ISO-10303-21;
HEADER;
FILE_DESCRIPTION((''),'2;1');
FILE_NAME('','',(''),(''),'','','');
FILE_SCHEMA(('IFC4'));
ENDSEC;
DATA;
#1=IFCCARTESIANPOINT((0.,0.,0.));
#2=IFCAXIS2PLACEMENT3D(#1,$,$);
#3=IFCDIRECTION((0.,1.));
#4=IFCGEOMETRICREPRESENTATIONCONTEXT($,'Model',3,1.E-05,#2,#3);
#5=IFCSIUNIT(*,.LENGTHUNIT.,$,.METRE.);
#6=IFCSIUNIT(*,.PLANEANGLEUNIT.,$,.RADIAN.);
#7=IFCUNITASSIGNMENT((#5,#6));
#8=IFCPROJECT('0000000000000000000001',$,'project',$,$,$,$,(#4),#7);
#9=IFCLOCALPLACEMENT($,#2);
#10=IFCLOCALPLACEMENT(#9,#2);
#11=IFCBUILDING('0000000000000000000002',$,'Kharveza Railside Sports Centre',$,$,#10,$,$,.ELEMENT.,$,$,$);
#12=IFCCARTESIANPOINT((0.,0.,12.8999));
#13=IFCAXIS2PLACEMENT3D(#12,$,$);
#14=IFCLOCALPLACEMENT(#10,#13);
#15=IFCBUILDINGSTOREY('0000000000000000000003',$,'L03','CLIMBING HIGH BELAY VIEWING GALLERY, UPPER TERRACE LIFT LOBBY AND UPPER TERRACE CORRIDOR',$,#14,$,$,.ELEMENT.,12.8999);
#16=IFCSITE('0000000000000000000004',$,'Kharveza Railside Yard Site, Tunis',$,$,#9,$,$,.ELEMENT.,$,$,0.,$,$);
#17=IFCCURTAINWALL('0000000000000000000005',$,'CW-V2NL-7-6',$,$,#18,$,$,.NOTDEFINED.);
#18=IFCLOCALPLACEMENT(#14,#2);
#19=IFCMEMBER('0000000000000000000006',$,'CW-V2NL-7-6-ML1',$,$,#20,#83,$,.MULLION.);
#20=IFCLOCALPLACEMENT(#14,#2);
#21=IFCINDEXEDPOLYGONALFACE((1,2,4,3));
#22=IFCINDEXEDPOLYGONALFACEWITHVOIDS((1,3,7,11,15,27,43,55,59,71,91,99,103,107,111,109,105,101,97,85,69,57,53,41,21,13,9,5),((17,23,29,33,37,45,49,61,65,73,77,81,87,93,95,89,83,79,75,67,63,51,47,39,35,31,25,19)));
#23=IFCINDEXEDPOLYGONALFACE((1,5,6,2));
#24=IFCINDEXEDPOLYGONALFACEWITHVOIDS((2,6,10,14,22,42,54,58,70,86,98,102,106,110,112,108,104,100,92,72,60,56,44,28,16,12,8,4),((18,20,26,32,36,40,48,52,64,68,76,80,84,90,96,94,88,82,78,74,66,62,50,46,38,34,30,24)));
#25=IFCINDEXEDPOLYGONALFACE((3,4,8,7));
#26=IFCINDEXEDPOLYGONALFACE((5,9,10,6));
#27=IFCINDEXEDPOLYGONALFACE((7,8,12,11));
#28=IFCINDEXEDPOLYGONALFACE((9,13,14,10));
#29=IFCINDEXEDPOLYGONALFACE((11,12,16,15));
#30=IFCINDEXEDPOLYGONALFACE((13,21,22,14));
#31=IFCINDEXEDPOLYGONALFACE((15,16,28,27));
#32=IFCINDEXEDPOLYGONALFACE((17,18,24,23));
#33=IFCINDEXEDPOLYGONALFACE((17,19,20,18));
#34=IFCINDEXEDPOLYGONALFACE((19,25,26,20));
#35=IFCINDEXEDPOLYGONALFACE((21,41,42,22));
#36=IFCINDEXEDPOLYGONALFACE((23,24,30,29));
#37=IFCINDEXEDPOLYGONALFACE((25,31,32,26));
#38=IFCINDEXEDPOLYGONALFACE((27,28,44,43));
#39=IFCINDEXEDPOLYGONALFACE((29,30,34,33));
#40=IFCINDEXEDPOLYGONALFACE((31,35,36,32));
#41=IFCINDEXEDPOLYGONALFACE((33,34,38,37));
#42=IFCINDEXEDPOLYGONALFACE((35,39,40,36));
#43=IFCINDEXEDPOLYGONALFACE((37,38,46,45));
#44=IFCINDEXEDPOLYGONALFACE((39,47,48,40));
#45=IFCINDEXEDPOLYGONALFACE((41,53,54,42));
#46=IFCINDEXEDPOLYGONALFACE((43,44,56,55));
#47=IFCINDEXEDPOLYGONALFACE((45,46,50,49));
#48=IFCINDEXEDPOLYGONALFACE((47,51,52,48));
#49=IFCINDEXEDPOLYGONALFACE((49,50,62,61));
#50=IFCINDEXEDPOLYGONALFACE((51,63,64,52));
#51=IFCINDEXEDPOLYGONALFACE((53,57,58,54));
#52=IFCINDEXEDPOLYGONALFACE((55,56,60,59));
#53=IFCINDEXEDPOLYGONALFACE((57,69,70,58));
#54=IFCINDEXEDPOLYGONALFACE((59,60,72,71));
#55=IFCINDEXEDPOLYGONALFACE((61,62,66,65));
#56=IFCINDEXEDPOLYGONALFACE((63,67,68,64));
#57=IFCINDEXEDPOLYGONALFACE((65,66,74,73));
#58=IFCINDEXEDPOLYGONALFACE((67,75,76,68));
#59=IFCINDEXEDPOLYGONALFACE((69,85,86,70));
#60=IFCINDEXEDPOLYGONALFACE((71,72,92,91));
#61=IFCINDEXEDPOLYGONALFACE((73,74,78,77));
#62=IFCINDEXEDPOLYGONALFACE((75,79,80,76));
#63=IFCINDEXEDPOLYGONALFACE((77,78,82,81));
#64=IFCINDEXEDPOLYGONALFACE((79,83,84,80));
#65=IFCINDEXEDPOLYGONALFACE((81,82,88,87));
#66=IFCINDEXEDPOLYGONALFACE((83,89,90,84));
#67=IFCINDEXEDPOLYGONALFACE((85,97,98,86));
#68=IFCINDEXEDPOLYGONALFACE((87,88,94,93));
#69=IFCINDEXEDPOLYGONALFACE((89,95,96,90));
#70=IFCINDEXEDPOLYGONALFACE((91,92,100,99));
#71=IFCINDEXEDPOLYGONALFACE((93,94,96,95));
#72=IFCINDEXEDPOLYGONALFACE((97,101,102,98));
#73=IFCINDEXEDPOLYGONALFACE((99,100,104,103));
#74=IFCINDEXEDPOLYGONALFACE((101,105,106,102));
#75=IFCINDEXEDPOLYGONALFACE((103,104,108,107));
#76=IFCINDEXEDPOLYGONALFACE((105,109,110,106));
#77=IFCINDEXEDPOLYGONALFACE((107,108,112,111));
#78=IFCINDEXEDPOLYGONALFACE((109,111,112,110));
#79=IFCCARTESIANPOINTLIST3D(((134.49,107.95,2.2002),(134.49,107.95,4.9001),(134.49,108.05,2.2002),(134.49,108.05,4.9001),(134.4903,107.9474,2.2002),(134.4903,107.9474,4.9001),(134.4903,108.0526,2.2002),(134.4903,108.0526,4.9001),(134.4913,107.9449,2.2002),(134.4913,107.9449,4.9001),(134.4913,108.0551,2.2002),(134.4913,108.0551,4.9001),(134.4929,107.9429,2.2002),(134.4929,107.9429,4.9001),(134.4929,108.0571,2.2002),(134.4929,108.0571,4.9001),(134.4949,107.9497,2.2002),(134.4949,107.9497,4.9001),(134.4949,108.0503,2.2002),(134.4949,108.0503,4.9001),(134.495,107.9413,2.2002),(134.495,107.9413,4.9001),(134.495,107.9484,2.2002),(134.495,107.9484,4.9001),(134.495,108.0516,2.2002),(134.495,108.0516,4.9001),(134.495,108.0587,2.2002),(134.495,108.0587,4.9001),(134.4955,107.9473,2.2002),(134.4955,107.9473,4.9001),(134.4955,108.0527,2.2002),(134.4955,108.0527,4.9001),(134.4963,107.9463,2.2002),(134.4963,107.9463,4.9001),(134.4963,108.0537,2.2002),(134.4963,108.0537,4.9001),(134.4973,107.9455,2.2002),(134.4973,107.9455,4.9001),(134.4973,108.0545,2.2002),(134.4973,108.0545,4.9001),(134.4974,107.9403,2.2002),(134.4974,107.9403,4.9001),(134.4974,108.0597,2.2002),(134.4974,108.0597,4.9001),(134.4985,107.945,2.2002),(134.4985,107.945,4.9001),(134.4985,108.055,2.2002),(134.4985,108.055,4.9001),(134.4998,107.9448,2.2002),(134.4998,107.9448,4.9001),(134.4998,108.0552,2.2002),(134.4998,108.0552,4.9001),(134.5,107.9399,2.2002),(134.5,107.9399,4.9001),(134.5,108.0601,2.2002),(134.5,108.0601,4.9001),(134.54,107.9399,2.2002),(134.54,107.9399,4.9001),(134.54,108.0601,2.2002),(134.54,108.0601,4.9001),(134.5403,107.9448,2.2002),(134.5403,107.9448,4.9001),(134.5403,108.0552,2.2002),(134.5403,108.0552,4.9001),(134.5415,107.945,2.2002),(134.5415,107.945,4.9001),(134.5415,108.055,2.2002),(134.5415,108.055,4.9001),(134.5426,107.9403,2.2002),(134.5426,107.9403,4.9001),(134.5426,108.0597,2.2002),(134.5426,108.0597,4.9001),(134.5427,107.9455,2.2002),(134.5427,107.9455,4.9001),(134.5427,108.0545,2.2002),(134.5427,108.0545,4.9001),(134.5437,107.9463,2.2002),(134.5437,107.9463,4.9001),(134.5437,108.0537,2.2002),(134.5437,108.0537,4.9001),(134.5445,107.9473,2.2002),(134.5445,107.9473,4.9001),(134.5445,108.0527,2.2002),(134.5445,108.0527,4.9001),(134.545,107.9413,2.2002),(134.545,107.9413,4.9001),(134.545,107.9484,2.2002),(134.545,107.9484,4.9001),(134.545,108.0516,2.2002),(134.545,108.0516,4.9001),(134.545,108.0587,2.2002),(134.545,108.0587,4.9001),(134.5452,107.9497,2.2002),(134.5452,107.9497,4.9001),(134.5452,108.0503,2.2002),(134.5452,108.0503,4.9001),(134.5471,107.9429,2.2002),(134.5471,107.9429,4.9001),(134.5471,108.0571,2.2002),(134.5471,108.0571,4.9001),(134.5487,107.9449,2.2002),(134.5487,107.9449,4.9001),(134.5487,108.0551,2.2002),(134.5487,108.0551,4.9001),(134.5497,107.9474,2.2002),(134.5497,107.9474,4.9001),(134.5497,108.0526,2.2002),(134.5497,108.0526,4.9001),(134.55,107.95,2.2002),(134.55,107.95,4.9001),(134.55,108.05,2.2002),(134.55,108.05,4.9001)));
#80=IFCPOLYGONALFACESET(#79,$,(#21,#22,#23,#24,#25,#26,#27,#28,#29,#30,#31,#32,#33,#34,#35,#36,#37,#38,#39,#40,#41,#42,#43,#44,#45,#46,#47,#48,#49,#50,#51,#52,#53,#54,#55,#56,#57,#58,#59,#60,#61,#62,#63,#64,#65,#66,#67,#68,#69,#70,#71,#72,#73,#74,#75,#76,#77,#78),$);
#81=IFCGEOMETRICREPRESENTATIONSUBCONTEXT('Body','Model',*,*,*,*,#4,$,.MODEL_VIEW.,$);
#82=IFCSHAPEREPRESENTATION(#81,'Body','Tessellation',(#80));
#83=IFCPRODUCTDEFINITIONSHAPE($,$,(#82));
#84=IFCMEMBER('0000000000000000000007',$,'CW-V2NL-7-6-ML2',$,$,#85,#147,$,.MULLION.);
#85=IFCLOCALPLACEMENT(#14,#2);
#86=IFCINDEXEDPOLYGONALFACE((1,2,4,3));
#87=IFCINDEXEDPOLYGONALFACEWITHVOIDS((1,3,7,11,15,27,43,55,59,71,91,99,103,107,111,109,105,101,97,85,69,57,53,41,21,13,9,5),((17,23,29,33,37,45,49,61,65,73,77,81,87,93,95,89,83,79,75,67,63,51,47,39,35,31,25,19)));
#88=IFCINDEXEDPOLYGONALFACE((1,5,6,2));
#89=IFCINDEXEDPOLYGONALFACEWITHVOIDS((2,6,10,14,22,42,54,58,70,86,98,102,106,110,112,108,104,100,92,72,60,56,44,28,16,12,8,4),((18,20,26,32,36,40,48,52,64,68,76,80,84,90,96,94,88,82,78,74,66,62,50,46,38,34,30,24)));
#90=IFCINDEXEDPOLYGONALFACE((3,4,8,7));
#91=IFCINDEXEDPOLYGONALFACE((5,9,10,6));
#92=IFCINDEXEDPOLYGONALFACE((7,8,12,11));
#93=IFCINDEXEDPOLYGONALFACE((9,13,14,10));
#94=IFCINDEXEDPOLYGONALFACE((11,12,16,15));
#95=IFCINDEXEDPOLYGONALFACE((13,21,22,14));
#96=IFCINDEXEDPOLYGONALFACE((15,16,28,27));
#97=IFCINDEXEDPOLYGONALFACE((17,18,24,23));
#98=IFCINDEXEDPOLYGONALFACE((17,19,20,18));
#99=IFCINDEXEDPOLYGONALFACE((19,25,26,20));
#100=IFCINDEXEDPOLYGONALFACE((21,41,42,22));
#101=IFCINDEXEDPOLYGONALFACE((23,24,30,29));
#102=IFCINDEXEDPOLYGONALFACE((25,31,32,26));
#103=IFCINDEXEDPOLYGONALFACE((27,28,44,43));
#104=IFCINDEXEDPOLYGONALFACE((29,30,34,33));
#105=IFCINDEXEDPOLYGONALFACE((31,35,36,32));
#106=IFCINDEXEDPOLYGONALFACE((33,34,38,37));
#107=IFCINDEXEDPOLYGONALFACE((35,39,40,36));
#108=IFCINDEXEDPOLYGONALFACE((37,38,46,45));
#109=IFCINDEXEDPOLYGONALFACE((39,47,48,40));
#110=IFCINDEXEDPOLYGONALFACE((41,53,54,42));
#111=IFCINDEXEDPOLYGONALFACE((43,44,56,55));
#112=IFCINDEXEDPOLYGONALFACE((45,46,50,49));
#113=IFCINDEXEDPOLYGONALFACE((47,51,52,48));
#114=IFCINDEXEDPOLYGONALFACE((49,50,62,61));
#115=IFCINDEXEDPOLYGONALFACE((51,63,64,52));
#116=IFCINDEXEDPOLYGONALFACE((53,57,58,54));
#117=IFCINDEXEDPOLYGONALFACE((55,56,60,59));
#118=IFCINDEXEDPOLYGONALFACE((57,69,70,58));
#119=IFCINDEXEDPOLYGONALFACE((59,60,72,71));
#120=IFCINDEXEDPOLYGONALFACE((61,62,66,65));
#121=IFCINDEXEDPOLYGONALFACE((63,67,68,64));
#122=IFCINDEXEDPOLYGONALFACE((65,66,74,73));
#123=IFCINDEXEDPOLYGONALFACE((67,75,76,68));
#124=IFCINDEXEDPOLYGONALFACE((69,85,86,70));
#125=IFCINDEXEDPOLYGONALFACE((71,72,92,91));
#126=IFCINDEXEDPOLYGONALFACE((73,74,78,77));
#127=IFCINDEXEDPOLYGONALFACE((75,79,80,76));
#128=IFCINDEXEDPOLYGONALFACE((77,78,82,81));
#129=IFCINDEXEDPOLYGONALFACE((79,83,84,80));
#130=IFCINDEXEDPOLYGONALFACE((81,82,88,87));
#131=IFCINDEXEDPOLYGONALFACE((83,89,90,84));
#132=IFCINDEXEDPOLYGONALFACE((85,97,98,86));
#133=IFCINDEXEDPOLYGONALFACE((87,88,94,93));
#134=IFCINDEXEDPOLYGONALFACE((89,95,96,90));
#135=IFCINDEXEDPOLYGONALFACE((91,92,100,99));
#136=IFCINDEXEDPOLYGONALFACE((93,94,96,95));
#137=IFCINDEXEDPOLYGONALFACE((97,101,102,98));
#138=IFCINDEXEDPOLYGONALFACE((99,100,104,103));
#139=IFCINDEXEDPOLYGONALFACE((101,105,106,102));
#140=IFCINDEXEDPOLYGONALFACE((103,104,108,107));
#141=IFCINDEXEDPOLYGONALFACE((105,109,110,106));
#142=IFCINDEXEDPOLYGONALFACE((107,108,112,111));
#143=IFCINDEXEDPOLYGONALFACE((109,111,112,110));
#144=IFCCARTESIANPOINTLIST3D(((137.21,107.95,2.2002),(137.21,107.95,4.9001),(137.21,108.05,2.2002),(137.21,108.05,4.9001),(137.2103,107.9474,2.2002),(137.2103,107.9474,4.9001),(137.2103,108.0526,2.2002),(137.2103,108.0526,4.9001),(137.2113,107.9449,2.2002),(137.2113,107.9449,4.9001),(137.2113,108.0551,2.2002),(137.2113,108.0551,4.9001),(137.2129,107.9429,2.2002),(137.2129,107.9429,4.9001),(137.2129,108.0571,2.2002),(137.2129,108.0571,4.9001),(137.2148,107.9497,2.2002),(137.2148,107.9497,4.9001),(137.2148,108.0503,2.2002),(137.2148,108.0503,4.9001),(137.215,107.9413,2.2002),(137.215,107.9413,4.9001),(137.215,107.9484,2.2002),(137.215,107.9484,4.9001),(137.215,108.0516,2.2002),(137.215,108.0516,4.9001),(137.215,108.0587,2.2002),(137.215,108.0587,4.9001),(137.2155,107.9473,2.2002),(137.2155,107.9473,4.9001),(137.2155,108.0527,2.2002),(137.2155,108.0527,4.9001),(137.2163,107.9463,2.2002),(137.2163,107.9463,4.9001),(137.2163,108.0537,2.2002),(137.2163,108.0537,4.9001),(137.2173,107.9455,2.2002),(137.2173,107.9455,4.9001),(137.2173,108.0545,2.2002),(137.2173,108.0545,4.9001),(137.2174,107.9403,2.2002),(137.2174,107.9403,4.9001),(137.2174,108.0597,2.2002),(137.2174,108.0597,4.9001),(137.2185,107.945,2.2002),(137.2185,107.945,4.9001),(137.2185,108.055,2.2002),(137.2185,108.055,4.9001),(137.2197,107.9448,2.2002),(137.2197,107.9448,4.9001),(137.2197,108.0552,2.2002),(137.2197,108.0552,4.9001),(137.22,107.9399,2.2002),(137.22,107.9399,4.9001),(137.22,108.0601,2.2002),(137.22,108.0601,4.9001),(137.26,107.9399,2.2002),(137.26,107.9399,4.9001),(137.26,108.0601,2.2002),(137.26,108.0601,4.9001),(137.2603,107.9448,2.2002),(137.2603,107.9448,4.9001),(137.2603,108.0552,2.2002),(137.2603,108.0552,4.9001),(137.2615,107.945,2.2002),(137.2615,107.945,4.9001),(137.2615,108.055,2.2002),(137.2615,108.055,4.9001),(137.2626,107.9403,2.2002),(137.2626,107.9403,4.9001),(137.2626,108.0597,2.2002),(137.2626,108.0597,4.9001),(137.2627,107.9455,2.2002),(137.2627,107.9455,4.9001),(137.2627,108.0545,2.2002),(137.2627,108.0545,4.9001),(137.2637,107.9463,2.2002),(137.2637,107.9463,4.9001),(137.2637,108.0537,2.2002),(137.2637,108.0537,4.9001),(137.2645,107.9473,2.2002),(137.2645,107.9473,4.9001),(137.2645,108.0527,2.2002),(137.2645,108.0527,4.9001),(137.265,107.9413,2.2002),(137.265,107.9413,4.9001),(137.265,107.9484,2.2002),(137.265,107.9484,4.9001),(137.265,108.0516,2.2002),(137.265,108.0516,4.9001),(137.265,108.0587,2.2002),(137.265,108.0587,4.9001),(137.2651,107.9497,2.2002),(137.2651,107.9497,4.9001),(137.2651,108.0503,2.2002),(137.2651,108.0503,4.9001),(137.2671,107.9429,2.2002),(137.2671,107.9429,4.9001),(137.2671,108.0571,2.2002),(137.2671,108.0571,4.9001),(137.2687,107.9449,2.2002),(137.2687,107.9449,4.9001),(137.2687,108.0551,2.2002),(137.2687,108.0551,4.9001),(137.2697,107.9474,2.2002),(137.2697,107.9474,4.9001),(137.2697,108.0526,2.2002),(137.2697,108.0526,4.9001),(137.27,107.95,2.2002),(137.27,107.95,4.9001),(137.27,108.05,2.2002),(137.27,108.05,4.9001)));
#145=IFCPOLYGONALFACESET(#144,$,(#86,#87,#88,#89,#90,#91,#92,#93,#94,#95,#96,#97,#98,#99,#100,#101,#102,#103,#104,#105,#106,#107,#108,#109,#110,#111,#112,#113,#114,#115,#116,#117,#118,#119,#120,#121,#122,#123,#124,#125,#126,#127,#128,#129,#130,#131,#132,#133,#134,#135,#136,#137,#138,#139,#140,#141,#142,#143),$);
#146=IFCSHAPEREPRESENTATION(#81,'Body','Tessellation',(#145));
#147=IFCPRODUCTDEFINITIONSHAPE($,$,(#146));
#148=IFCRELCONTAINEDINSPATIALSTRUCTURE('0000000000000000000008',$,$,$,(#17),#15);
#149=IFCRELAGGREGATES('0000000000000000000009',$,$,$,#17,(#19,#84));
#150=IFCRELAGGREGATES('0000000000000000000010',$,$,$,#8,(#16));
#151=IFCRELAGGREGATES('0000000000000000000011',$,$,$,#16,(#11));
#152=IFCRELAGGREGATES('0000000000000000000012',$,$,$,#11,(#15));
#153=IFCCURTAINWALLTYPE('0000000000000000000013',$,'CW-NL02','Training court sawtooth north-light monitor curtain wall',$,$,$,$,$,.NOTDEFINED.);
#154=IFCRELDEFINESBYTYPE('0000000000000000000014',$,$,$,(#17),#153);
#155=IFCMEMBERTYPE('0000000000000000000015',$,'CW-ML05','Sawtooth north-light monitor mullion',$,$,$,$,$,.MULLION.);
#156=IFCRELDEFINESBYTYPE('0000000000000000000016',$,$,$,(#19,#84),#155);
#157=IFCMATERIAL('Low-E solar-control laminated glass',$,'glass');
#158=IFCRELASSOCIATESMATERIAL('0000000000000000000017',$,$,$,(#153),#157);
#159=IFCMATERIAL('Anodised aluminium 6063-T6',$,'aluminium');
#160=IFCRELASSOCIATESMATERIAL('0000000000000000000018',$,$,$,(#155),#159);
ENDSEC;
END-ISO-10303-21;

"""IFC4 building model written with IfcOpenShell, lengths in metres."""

from ifc_helpers import new_model, si_unit, direction, frame, origin, origin_2d, place, context, subcontext, project, spatial, hollow_rectangle, extrude, material, material_profile, profile_set, type_object, element, aggregate, save


model = new_model("IFC4")

# Units and contexts
model_context = context("Model", 3, precision=1e-05, world=origin(), true_north=direction((0.0, 1.0)))
body_context = subcontext(model_context, "Body", "Model", "MODEL_VIEW")
ifc_project = project(units=[si_unit("LENGTHUNIT", "METRE"), si_unit("PLANEANGLEUNIT", "RADIAN")], contexts=[model_context])

# Site, building, storey
site_placement = place(None, origin())
site = spatial("IfcSite", under=ifc_project, at=site_placement, Name="Kharveza Railside Yard Site, Tunis", CompositionType="ELEMENT", RefElevation=0.0)
building_placement = place(site_placement, origin())
building = spatial("IfcBuilding", under=site, at=building_placement, Name="Kharveza Railside Sports Centre", CompositionType="ELEMENT")
storey_placement = place(building_placement, frame((0.0, 0.0, 12.8999)))
storey = spatial("IfcBuildingStorey", under=building, at=storey_placement, Name="L03", Description="CLIMBING HIGH BELAY VIEWING GALLERY, UPPER TERRACE LIFT LOBBY AND UPPER TERRACE CORRIDOR", CompositionType="ELEMENT", Elevation=12.8999)

# Curtain wall, members
ifc_material_1 = material(Name="Low-E solar-control laminated glass", Category="glass")
curtain_wall_type = type_object("IfcCurtainWallType", Name="CW-NL02", Description="Training court sawtooth north-light monitor curtain wall", PredefinedType="NOTDEFINED", material=ifc_material_1)
ifc_material_2 = material(Name="Anodised aluminium 6063-T6", Category="aluminium")
ifc_material_profile_1 = material_profile(ifc_material_2, hollow_rectangle(XDim=0.0601, YDim=0.1201, WallThickness=0.0049, InnerFilletRadius=0.0049, OuterFilletRadius=0.01, at=origin_2d()), Name="RHS 60x120x5.0")
ifc_profile_set_1 = profile_set([ifc_material_profile_1], Name="Anodised aluminium 6063-T6")
member_type_1 = type_object("IfcMemberType", Name="CW-ML05", Description="Sawtooth north-light monitor mullion", PredefinedType="MULLION", material=ifc_profile_set_1)
curtain_wall_1_placement = place(storey_placement, origin())
curtain_wall_1 = element("IfcCurtainWall", 1, at=curtain_wall_1_placement, inside=storey, type_object=curtain_wall_type, Name="CW-V2NL-7-6", PredefinedType="NOTDEFINED")
member_1_placement = place(storey_placement, frame((134.52, 108.0, 2.2002), z_axis=(0.0, 0.0, 1.0), x_axis=(1.0, 0.0, 0.0)))
member_1 = element("IfcMember", 2, at=member_1_placement, type_object=member_type_1, Name="CW-V2NL-7-6-ML1", PredefinedType="MULLION", context=body_context, shape_type="SweptSolid", body=[
    extrude(hollow_rectangle(XDim=0.0601, YDim=0.1201, WallThickness=0.0049, InnerFilletRadius=0.0049, OuterFilletRadius=0.01, at=origin_2d()), origin(), (0.0, 0.0, 1.0), 2.7),
])
member_2_placement = place(storey_placement, frame((137.24, 108.0, 2.2002), z_axis=(0.0, 0.0, 1.0), x_axis=(1.0, 0.0, 0.0)))
member_2 = element("IfcMember", 3, at=member_2_placement, type_object=member_type_1, Name="CW-V2NL-7-6-ML2", PredefinedType="MULLION", context=body_context, shape_type="SweptSolid", body=[
    extrude(hollow_rectangle(XDim=0.0601, YDim=0.1201, WallThickness=0.0049, InnerFilletRadius=0.0049, OuterFilletRadius=0.01, at=origin_2d()), origin(), (0.0, 0.0, 1.0), 2.7),
])

aggregate(curtain_wall_1, [member_1, member_2])

save(model, "model.ifc")
